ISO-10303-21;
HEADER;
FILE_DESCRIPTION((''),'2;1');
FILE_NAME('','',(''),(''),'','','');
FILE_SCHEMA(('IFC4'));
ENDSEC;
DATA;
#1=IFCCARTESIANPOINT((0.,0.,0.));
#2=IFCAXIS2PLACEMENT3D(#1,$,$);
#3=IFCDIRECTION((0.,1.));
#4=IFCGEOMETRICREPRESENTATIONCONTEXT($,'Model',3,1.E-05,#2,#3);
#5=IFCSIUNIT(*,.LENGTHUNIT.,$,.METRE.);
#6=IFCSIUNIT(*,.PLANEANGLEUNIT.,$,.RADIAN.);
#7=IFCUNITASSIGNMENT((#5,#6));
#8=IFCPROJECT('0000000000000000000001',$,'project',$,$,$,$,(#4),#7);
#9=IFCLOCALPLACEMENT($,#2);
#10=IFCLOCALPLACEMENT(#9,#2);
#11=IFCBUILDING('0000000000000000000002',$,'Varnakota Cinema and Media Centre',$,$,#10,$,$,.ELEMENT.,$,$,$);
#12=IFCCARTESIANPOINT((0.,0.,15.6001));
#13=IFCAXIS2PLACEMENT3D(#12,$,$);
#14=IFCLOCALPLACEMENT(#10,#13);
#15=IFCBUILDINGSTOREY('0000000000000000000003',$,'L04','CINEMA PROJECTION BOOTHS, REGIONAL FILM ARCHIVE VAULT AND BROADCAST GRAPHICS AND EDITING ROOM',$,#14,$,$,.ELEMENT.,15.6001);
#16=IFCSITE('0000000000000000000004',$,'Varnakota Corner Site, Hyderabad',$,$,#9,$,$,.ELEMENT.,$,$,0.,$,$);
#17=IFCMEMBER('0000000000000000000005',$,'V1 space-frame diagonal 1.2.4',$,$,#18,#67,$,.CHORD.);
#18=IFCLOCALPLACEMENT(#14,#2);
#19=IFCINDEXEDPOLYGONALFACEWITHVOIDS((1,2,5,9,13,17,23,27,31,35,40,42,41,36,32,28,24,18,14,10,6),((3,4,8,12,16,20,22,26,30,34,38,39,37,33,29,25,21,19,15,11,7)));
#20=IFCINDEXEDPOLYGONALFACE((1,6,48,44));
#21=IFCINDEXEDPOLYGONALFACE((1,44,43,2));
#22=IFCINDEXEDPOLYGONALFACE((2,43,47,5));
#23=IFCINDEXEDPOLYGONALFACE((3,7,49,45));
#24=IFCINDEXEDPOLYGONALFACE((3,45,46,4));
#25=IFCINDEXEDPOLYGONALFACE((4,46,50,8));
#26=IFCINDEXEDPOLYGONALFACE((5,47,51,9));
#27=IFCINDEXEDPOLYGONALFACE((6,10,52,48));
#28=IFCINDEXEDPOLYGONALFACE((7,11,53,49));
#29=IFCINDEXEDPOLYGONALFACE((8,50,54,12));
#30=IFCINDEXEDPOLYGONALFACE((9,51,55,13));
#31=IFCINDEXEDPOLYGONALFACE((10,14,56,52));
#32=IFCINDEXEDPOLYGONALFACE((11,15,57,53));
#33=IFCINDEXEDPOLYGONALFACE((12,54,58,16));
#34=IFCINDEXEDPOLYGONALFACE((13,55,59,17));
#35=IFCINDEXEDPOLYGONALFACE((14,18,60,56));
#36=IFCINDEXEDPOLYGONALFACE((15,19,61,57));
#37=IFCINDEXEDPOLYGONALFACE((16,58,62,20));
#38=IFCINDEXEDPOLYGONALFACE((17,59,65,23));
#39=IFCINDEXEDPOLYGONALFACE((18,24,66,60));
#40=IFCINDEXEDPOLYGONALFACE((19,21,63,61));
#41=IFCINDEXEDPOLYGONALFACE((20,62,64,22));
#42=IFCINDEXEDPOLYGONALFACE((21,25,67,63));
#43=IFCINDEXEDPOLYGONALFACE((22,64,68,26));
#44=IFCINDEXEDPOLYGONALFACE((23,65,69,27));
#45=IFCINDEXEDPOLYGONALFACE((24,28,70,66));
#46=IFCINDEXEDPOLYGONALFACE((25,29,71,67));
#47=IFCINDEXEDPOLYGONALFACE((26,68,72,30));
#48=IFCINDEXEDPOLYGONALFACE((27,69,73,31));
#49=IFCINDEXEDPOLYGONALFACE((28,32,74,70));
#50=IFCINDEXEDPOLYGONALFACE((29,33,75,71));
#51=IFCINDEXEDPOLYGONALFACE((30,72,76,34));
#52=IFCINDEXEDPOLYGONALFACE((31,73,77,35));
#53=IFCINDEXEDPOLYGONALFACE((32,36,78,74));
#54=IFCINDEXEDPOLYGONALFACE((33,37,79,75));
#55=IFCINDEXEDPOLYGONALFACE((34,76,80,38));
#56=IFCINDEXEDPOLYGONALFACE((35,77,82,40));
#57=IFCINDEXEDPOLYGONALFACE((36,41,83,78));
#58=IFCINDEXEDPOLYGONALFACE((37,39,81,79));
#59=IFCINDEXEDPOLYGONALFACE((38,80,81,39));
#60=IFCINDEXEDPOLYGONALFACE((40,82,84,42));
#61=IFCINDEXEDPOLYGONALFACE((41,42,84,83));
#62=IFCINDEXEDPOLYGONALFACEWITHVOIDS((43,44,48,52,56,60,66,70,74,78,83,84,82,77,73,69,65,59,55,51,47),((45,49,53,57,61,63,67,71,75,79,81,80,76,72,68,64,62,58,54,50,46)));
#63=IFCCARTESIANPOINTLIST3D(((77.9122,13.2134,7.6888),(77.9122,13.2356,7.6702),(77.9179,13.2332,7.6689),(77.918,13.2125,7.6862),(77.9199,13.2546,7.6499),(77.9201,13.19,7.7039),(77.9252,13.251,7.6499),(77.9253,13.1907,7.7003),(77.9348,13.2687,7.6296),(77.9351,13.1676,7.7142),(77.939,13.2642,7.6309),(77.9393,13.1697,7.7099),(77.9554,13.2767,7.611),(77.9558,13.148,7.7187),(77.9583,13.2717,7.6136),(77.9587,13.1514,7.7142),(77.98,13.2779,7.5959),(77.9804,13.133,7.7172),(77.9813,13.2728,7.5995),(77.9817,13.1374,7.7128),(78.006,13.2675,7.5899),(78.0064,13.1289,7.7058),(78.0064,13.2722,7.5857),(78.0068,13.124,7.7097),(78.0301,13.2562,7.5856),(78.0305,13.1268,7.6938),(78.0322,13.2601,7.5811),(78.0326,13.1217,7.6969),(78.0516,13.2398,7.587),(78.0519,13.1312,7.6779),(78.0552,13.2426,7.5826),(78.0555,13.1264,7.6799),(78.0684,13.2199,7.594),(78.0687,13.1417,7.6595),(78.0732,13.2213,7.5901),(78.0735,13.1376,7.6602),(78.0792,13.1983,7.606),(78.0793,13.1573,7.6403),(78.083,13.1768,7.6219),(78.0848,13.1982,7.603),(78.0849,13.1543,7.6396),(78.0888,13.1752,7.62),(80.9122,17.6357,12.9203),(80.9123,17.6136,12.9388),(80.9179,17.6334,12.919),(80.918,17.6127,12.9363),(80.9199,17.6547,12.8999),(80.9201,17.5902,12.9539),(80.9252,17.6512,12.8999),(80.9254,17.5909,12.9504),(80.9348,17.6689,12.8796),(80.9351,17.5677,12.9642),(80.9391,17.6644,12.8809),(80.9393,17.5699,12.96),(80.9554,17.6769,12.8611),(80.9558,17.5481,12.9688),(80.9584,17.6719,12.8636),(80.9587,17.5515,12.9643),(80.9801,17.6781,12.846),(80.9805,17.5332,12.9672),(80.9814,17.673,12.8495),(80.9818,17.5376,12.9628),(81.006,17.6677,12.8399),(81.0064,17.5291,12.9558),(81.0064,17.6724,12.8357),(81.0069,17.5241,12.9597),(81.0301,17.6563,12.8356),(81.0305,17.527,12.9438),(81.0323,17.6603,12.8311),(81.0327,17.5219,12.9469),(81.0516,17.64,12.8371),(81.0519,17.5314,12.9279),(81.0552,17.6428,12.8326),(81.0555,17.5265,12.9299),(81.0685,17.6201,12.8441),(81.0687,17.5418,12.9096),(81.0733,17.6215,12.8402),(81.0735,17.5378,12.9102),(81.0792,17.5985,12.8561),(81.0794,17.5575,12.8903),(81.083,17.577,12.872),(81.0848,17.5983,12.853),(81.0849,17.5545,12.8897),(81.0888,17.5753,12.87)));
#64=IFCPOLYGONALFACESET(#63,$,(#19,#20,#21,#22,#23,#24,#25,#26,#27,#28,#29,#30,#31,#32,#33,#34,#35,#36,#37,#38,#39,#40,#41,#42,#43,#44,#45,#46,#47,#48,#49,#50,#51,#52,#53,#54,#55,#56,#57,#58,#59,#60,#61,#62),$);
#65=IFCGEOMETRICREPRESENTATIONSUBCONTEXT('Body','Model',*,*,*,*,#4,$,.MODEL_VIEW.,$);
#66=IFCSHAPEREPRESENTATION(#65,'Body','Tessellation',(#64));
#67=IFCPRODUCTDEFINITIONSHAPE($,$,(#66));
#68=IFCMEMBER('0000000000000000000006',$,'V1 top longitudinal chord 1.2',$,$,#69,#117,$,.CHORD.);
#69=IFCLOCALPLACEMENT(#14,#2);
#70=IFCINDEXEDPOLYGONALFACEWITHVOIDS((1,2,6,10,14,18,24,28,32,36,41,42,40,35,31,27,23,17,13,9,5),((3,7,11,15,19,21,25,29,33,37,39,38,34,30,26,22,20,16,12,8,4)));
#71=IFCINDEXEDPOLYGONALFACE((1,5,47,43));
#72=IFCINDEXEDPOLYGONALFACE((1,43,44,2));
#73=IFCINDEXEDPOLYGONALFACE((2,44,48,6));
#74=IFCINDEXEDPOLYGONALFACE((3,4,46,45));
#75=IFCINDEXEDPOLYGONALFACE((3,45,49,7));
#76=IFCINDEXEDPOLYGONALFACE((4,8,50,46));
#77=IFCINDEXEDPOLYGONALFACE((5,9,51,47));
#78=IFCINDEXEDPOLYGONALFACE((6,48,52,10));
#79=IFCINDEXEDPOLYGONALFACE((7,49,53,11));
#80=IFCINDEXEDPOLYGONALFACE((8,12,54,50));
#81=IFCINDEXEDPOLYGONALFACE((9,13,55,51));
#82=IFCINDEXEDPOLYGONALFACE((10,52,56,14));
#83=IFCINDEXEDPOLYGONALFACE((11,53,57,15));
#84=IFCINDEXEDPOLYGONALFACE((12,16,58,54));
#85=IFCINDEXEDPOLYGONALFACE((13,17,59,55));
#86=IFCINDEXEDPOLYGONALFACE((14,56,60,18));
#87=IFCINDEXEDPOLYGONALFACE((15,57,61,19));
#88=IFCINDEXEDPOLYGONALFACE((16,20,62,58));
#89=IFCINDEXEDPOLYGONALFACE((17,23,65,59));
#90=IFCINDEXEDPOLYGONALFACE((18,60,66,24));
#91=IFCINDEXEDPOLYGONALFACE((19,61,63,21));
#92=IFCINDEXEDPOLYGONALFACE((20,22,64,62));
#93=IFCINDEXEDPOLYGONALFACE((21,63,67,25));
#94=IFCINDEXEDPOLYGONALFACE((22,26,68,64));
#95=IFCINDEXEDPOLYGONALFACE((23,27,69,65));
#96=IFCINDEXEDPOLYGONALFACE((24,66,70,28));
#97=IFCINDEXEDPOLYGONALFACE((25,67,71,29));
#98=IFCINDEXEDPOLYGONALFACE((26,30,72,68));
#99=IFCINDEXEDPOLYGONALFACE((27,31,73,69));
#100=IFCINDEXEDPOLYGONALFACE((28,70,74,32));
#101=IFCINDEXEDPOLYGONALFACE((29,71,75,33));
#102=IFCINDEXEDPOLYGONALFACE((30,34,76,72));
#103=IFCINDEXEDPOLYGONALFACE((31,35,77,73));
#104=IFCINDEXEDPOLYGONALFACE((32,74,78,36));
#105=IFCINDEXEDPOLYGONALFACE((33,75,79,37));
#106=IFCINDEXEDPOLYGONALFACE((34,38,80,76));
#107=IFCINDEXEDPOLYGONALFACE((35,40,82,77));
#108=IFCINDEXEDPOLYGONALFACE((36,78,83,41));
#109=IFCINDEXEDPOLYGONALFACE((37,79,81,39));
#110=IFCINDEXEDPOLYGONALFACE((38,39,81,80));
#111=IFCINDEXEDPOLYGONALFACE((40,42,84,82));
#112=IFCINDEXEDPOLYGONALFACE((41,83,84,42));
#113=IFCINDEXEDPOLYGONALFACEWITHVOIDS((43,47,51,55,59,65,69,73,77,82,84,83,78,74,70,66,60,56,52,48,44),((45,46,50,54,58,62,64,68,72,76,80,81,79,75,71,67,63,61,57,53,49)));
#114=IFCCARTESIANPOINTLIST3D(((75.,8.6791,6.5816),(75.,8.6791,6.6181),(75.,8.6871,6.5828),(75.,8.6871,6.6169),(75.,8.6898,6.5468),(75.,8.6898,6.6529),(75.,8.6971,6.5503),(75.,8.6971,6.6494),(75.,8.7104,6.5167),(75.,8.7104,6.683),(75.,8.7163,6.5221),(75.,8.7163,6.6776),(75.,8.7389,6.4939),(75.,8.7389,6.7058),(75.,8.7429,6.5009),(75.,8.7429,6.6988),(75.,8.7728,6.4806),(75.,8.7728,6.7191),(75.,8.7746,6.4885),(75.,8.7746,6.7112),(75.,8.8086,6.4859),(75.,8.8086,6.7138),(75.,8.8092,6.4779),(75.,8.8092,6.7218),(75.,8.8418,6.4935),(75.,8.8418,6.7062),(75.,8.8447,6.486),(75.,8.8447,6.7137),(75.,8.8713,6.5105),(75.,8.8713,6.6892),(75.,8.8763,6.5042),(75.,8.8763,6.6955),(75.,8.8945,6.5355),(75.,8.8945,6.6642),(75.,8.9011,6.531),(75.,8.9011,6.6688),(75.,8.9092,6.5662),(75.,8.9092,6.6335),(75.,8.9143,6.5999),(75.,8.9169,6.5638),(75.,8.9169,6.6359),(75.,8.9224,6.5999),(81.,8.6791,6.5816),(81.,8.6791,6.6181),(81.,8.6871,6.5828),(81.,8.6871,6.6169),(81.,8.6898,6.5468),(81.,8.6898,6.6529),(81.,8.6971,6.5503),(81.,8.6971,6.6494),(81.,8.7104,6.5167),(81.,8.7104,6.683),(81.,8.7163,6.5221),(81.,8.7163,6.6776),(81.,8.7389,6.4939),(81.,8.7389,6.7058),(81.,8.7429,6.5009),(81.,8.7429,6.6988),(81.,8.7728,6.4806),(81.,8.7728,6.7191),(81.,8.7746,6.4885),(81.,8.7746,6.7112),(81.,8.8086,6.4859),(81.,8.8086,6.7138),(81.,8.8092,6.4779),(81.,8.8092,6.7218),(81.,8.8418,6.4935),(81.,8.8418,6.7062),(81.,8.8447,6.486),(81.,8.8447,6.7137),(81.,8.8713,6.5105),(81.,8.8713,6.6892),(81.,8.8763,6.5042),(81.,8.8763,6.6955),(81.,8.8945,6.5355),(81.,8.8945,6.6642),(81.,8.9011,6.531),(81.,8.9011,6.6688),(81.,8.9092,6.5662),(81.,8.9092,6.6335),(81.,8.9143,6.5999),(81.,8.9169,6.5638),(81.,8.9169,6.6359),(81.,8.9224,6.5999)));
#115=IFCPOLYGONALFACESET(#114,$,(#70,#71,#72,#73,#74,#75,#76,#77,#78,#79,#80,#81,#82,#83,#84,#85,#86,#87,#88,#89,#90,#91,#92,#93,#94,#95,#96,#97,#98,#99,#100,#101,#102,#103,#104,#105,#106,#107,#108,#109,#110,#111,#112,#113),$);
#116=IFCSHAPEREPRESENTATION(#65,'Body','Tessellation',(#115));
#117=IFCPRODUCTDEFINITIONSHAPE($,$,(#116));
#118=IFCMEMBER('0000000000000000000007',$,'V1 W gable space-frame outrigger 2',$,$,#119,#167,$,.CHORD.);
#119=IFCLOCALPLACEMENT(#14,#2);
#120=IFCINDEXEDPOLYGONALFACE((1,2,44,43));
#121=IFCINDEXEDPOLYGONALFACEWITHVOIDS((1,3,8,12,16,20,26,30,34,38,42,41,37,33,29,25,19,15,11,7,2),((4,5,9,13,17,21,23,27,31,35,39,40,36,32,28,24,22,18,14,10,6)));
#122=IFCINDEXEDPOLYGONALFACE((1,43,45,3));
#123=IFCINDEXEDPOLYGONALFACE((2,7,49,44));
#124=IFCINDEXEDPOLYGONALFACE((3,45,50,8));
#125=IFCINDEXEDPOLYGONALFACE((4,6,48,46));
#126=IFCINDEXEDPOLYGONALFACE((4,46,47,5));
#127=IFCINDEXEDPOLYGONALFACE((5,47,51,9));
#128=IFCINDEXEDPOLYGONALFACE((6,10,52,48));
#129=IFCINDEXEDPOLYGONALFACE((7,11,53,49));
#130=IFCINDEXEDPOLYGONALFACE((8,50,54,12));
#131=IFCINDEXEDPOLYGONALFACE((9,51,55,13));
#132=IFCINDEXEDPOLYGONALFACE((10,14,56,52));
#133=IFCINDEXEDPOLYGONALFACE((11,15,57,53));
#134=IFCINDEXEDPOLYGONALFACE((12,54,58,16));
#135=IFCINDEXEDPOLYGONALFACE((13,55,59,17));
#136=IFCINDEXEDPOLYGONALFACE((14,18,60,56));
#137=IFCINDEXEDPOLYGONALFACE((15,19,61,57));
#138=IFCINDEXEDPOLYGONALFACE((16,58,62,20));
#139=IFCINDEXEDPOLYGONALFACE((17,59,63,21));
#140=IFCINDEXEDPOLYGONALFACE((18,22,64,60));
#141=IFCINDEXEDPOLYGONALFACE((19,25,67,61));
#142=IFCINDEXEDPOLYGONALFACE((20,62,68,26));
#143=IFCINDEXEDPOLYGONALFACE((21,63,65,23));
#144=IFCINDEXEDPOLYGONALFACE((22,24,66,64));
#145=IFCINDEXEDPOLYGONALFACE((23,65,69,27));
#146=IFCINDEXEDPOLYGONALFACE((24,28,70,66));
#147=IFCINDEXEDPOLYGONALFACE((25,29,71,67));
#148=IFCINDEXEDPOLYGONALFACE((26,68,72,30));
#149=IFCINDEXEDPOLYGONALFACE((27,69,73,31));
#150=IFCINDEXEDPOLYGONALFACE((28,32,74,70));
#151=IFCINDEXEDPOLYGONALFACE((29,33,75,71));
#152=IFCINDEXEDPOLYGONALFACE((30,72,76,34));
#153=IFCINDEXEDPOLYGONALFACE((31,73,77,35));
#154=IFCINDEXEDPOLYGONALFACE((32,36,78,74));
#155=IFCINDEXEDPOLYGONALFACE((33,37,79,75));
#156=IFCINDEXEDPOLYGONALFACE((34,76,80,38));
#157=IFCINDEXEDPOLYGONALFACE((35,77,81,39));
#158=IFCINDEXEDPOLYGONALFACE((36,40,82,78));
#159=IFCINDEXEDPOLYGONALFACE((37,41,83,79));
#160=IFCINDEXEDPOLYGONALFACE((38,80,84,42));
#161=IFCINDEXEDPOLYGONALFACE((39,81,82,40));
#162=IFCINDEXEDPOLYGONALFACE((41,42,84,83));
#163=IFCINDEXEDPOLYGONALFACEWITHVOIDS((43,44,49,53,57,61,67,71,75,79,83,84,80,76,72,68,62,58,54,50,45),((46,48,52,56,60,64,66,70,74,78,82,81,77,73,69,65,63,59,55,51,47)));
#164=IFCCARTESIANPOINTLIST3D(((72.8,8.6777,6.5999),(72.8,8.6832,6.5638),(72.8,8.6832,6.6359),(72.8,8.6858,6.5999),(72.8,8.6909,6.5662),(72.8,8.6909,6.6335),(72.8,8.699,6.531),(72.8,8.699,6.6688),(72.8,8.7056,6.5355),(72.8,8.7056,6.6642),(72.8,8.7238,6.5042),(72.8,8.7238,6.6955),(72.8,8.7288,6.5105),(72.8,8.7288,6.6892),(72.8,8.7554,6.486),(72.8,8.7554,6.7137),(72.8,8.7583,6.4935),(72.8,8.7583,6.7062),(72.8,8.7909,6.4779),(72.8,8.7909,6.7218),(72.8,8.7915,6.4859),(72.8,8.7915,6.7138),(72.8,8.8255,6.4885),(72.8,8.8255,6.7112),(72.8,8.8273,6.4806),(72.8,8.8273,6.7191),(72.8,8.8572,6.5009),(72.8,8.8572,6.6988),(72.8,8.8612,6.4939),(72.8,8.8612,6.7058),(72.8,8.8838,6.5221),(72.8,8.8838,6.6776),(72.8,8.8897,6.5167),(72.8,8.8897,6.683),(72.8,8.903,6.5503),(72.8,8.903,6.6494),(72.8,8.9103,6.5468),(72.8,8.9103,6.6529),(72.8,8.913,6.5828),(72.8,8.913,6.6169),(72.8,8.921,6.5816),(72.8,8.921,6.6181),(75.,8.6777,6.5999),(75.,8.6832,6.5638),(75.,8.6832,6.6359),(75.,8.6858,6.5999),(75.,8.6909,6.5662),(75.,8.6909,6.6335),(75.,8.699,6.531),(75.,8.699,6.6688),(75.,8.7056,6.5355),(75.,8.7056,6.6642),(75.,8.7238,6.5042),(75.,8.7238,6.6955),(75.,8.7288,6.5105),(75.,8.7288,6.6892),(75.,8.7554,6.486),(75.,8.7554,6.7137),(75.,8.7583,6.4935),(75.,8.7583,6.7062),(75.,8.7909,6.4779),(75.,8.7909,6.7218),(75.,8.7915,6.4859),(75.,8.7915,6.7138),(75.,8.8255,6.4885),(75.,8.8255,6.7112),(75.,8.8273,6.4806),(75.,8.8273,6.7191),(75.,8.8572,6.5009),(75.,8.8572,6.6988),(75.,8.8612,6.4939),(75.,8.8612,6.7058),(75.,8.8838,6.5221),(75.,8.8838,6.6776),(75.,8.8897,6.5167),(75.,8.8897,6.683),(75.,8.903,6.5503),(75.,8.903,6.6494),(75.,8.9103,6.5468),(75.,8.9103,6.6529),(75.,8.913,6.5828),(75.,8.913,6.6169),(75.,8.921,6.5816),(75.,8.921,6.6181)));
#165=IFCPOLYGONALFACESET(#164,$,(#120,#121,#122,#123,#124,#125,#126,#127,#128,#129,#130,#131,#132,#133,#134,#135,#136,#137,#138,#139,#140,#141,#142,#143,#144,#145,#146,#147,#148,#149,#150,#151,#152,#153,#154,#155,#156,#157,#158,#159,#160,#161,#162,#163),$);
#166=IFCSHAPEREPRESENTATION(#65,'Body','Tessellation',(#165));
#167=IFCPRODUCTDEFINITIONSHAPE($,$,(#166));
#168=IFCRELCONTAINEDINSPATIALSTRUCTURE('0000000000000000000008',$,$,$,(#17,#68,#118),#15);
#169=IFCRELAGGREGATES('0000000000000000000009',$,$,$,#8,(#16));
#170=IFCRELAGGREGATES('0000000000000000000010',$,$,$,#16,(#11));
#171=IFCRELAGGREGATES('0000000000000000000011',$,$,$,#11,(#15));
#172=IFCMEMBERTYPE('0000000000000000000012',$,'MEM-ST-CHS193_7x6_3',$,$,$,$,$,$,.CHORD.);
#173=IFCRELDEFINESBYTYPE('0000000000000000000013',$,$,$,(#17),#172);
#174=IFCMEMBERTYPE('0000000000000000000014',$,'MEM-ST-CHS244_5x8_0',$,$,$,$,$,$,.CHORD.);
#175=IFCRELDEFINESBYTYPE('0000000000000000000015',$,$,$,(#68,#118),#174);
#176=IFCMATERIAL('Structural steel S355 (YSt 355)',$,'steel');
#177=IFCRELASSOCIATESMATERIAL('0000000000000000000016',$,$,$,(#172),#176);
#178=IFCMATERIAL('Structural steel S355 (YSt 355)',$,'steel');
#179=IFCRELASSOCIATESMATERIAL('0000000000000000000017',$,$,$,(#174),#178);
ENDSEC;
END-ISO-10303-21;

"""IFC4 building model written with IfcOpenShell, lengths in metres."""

from ifc_helpers import new_model, si_unit, direction, frame, origin, origin_2d, place, context, subcontext, project, spatial, hollow_circle, extrude, material, material_profile, profile_set, type_object, element, save


model = new_model("IFC4")

# Units and contexts
model_context = context("Model", 3, precision=1e-05, world=origin(), true_north=direction((0.0, 1.0)))
body_context = subcontext(model_context, "Body", "Model", "MODEL_VIEW")
ifc_project = project(units=[si_unit("LENGTHUNIT", "METRE"), si_unit("PLANEANGLEUNIT", "RADIAN")], contexts=[model_context])

# Site, building, storey
site_placement = place(None, origin())
site = spatial("IfcSite", under=ifc_project, at=site_placement, Name="Varnakota Corner Site, Hyderabad", CompositionType="ELEMENT", RefElevation=0.0)
building_placement = place(site_placement, origin())
building = spatial("IfcBuilding", under=site, at=building_placement, Name="Varnakota Cinema and Media Centre", CompositionType="ELEMENT")
storey_placement = place(building_placement, frame((0.0, 0.0, 15.6001)))
storey = spatial("IfcBuildingStorey", under=building, at=storey_placement, Name="L04", Description="CINEMA PROJECTION BOOTHS, REGIONAL FILM ARCHIVE VAULT AND BROADCAST GRAPHICS AND EDITING ROOM", CompositionType="ELEMENT", Elevation=15.6001)

# Members
ifc_material_1 = material(Name="Structural steel S355 (YSt 355)", Category="steel")
ifc_material_profile_1 = material_profile(ifc_material_1, hollow_circle(Radius=0.0969, WallThickness=0.0063, at=origin_2d()), Name="CHS 193.7x6.3")
ifc_profile_set_1 = profile_set([ifc_material_profile_1], Name="Structural steel S355 (YSt 355)")
member_type_1 = type_object("IfcMemberType", Name="MEM-ST-CHS193_7x6_3", PredefinedType="CHORD", material=ifc_profile_set_1)
member_1_placement = place(storey_placement, frame((78.0, 13.2, 7.6499), z_axis=(0.401165, 0.588395, 0.702039), x_axis=(-0.826236, 0.563324, 0.0)))
element("IfcMember", 1, at=member_1_placement, inside=storey, type_object=member_type_1, Name="V1 space-frame diagonal 1.2.4", PredefinedType="CHORD", context=body_context, shape_type="SweptSolid", body=[
    extrude(hollow_circle(Radius=0.0969, WallThickness=0.0063, at=origin_2d()), origin(), (0.0, 0.0, 1.0), 7.4783),
])
ifc_material_2 = material(Name="Structural steel S355 (YSt 355)", Category="steel")
ifc_material_profile_2 = material_profile(ifc_material_2, hollow_circle(Radius=0.1223, WallThickness=0.0081, at=origin_2d()), Name="CHS 244.5x8.0")
ifc_profile_set_2 = profile_set([ifc_material_profile_2], Name="Structural steel S355 (YSt 355)")
member_type_2 = type_object("IfcMemberType", Name="MEM-ST-CHS244_5x8_0", PredefinedType="CHORD", material=ifc_profile_set_2)
member_2_placement = place(storey_placement, frame((75.0, 8.8, 6.5999), z_axis=(1.0, 0.0, 0.0), x_axis=(0.0, 1.0, 0.0)))
element("IfcMember", 2, at=member_2_placement, inside=storey, type_object=member_type_2, Name="V1 top longitudinal chord 1.2", PredefinedType="CHORD", context=body_context, shape_type="SweptSolid", body=[
    extrude(hollow_circle(Radius=0.1223, WallThickness=0.0081, at=origin_2d()), origin(), (0.0, 0.0, 1.0), 6.0),
])
for number, where, z_axis, x_axis, name in (
    (3, (75.0, 8.8, 6.5999), (-1.0, 0.0, 0.0), (0.0, -1.0, 0.0), "V1 W gable space-frame outrigger 2"),
):
    element("IfcMember", number, at=place(storey_placement, frame(where, z_axis=z_axis, x_axis=x_axis)), inside=storey, type_object=member_type_2, Name=name, PredefinedType="CHORD", context=body_context, shape_type="SweptSolid", body=[
        extrude(hollow_circle(Radius=0.1223, WallThickness=0.0081, at=origin_2d()), origin(), (0.0, 0.0, 1.0), 2.2),
    ])

save(model, "model.ifc")
